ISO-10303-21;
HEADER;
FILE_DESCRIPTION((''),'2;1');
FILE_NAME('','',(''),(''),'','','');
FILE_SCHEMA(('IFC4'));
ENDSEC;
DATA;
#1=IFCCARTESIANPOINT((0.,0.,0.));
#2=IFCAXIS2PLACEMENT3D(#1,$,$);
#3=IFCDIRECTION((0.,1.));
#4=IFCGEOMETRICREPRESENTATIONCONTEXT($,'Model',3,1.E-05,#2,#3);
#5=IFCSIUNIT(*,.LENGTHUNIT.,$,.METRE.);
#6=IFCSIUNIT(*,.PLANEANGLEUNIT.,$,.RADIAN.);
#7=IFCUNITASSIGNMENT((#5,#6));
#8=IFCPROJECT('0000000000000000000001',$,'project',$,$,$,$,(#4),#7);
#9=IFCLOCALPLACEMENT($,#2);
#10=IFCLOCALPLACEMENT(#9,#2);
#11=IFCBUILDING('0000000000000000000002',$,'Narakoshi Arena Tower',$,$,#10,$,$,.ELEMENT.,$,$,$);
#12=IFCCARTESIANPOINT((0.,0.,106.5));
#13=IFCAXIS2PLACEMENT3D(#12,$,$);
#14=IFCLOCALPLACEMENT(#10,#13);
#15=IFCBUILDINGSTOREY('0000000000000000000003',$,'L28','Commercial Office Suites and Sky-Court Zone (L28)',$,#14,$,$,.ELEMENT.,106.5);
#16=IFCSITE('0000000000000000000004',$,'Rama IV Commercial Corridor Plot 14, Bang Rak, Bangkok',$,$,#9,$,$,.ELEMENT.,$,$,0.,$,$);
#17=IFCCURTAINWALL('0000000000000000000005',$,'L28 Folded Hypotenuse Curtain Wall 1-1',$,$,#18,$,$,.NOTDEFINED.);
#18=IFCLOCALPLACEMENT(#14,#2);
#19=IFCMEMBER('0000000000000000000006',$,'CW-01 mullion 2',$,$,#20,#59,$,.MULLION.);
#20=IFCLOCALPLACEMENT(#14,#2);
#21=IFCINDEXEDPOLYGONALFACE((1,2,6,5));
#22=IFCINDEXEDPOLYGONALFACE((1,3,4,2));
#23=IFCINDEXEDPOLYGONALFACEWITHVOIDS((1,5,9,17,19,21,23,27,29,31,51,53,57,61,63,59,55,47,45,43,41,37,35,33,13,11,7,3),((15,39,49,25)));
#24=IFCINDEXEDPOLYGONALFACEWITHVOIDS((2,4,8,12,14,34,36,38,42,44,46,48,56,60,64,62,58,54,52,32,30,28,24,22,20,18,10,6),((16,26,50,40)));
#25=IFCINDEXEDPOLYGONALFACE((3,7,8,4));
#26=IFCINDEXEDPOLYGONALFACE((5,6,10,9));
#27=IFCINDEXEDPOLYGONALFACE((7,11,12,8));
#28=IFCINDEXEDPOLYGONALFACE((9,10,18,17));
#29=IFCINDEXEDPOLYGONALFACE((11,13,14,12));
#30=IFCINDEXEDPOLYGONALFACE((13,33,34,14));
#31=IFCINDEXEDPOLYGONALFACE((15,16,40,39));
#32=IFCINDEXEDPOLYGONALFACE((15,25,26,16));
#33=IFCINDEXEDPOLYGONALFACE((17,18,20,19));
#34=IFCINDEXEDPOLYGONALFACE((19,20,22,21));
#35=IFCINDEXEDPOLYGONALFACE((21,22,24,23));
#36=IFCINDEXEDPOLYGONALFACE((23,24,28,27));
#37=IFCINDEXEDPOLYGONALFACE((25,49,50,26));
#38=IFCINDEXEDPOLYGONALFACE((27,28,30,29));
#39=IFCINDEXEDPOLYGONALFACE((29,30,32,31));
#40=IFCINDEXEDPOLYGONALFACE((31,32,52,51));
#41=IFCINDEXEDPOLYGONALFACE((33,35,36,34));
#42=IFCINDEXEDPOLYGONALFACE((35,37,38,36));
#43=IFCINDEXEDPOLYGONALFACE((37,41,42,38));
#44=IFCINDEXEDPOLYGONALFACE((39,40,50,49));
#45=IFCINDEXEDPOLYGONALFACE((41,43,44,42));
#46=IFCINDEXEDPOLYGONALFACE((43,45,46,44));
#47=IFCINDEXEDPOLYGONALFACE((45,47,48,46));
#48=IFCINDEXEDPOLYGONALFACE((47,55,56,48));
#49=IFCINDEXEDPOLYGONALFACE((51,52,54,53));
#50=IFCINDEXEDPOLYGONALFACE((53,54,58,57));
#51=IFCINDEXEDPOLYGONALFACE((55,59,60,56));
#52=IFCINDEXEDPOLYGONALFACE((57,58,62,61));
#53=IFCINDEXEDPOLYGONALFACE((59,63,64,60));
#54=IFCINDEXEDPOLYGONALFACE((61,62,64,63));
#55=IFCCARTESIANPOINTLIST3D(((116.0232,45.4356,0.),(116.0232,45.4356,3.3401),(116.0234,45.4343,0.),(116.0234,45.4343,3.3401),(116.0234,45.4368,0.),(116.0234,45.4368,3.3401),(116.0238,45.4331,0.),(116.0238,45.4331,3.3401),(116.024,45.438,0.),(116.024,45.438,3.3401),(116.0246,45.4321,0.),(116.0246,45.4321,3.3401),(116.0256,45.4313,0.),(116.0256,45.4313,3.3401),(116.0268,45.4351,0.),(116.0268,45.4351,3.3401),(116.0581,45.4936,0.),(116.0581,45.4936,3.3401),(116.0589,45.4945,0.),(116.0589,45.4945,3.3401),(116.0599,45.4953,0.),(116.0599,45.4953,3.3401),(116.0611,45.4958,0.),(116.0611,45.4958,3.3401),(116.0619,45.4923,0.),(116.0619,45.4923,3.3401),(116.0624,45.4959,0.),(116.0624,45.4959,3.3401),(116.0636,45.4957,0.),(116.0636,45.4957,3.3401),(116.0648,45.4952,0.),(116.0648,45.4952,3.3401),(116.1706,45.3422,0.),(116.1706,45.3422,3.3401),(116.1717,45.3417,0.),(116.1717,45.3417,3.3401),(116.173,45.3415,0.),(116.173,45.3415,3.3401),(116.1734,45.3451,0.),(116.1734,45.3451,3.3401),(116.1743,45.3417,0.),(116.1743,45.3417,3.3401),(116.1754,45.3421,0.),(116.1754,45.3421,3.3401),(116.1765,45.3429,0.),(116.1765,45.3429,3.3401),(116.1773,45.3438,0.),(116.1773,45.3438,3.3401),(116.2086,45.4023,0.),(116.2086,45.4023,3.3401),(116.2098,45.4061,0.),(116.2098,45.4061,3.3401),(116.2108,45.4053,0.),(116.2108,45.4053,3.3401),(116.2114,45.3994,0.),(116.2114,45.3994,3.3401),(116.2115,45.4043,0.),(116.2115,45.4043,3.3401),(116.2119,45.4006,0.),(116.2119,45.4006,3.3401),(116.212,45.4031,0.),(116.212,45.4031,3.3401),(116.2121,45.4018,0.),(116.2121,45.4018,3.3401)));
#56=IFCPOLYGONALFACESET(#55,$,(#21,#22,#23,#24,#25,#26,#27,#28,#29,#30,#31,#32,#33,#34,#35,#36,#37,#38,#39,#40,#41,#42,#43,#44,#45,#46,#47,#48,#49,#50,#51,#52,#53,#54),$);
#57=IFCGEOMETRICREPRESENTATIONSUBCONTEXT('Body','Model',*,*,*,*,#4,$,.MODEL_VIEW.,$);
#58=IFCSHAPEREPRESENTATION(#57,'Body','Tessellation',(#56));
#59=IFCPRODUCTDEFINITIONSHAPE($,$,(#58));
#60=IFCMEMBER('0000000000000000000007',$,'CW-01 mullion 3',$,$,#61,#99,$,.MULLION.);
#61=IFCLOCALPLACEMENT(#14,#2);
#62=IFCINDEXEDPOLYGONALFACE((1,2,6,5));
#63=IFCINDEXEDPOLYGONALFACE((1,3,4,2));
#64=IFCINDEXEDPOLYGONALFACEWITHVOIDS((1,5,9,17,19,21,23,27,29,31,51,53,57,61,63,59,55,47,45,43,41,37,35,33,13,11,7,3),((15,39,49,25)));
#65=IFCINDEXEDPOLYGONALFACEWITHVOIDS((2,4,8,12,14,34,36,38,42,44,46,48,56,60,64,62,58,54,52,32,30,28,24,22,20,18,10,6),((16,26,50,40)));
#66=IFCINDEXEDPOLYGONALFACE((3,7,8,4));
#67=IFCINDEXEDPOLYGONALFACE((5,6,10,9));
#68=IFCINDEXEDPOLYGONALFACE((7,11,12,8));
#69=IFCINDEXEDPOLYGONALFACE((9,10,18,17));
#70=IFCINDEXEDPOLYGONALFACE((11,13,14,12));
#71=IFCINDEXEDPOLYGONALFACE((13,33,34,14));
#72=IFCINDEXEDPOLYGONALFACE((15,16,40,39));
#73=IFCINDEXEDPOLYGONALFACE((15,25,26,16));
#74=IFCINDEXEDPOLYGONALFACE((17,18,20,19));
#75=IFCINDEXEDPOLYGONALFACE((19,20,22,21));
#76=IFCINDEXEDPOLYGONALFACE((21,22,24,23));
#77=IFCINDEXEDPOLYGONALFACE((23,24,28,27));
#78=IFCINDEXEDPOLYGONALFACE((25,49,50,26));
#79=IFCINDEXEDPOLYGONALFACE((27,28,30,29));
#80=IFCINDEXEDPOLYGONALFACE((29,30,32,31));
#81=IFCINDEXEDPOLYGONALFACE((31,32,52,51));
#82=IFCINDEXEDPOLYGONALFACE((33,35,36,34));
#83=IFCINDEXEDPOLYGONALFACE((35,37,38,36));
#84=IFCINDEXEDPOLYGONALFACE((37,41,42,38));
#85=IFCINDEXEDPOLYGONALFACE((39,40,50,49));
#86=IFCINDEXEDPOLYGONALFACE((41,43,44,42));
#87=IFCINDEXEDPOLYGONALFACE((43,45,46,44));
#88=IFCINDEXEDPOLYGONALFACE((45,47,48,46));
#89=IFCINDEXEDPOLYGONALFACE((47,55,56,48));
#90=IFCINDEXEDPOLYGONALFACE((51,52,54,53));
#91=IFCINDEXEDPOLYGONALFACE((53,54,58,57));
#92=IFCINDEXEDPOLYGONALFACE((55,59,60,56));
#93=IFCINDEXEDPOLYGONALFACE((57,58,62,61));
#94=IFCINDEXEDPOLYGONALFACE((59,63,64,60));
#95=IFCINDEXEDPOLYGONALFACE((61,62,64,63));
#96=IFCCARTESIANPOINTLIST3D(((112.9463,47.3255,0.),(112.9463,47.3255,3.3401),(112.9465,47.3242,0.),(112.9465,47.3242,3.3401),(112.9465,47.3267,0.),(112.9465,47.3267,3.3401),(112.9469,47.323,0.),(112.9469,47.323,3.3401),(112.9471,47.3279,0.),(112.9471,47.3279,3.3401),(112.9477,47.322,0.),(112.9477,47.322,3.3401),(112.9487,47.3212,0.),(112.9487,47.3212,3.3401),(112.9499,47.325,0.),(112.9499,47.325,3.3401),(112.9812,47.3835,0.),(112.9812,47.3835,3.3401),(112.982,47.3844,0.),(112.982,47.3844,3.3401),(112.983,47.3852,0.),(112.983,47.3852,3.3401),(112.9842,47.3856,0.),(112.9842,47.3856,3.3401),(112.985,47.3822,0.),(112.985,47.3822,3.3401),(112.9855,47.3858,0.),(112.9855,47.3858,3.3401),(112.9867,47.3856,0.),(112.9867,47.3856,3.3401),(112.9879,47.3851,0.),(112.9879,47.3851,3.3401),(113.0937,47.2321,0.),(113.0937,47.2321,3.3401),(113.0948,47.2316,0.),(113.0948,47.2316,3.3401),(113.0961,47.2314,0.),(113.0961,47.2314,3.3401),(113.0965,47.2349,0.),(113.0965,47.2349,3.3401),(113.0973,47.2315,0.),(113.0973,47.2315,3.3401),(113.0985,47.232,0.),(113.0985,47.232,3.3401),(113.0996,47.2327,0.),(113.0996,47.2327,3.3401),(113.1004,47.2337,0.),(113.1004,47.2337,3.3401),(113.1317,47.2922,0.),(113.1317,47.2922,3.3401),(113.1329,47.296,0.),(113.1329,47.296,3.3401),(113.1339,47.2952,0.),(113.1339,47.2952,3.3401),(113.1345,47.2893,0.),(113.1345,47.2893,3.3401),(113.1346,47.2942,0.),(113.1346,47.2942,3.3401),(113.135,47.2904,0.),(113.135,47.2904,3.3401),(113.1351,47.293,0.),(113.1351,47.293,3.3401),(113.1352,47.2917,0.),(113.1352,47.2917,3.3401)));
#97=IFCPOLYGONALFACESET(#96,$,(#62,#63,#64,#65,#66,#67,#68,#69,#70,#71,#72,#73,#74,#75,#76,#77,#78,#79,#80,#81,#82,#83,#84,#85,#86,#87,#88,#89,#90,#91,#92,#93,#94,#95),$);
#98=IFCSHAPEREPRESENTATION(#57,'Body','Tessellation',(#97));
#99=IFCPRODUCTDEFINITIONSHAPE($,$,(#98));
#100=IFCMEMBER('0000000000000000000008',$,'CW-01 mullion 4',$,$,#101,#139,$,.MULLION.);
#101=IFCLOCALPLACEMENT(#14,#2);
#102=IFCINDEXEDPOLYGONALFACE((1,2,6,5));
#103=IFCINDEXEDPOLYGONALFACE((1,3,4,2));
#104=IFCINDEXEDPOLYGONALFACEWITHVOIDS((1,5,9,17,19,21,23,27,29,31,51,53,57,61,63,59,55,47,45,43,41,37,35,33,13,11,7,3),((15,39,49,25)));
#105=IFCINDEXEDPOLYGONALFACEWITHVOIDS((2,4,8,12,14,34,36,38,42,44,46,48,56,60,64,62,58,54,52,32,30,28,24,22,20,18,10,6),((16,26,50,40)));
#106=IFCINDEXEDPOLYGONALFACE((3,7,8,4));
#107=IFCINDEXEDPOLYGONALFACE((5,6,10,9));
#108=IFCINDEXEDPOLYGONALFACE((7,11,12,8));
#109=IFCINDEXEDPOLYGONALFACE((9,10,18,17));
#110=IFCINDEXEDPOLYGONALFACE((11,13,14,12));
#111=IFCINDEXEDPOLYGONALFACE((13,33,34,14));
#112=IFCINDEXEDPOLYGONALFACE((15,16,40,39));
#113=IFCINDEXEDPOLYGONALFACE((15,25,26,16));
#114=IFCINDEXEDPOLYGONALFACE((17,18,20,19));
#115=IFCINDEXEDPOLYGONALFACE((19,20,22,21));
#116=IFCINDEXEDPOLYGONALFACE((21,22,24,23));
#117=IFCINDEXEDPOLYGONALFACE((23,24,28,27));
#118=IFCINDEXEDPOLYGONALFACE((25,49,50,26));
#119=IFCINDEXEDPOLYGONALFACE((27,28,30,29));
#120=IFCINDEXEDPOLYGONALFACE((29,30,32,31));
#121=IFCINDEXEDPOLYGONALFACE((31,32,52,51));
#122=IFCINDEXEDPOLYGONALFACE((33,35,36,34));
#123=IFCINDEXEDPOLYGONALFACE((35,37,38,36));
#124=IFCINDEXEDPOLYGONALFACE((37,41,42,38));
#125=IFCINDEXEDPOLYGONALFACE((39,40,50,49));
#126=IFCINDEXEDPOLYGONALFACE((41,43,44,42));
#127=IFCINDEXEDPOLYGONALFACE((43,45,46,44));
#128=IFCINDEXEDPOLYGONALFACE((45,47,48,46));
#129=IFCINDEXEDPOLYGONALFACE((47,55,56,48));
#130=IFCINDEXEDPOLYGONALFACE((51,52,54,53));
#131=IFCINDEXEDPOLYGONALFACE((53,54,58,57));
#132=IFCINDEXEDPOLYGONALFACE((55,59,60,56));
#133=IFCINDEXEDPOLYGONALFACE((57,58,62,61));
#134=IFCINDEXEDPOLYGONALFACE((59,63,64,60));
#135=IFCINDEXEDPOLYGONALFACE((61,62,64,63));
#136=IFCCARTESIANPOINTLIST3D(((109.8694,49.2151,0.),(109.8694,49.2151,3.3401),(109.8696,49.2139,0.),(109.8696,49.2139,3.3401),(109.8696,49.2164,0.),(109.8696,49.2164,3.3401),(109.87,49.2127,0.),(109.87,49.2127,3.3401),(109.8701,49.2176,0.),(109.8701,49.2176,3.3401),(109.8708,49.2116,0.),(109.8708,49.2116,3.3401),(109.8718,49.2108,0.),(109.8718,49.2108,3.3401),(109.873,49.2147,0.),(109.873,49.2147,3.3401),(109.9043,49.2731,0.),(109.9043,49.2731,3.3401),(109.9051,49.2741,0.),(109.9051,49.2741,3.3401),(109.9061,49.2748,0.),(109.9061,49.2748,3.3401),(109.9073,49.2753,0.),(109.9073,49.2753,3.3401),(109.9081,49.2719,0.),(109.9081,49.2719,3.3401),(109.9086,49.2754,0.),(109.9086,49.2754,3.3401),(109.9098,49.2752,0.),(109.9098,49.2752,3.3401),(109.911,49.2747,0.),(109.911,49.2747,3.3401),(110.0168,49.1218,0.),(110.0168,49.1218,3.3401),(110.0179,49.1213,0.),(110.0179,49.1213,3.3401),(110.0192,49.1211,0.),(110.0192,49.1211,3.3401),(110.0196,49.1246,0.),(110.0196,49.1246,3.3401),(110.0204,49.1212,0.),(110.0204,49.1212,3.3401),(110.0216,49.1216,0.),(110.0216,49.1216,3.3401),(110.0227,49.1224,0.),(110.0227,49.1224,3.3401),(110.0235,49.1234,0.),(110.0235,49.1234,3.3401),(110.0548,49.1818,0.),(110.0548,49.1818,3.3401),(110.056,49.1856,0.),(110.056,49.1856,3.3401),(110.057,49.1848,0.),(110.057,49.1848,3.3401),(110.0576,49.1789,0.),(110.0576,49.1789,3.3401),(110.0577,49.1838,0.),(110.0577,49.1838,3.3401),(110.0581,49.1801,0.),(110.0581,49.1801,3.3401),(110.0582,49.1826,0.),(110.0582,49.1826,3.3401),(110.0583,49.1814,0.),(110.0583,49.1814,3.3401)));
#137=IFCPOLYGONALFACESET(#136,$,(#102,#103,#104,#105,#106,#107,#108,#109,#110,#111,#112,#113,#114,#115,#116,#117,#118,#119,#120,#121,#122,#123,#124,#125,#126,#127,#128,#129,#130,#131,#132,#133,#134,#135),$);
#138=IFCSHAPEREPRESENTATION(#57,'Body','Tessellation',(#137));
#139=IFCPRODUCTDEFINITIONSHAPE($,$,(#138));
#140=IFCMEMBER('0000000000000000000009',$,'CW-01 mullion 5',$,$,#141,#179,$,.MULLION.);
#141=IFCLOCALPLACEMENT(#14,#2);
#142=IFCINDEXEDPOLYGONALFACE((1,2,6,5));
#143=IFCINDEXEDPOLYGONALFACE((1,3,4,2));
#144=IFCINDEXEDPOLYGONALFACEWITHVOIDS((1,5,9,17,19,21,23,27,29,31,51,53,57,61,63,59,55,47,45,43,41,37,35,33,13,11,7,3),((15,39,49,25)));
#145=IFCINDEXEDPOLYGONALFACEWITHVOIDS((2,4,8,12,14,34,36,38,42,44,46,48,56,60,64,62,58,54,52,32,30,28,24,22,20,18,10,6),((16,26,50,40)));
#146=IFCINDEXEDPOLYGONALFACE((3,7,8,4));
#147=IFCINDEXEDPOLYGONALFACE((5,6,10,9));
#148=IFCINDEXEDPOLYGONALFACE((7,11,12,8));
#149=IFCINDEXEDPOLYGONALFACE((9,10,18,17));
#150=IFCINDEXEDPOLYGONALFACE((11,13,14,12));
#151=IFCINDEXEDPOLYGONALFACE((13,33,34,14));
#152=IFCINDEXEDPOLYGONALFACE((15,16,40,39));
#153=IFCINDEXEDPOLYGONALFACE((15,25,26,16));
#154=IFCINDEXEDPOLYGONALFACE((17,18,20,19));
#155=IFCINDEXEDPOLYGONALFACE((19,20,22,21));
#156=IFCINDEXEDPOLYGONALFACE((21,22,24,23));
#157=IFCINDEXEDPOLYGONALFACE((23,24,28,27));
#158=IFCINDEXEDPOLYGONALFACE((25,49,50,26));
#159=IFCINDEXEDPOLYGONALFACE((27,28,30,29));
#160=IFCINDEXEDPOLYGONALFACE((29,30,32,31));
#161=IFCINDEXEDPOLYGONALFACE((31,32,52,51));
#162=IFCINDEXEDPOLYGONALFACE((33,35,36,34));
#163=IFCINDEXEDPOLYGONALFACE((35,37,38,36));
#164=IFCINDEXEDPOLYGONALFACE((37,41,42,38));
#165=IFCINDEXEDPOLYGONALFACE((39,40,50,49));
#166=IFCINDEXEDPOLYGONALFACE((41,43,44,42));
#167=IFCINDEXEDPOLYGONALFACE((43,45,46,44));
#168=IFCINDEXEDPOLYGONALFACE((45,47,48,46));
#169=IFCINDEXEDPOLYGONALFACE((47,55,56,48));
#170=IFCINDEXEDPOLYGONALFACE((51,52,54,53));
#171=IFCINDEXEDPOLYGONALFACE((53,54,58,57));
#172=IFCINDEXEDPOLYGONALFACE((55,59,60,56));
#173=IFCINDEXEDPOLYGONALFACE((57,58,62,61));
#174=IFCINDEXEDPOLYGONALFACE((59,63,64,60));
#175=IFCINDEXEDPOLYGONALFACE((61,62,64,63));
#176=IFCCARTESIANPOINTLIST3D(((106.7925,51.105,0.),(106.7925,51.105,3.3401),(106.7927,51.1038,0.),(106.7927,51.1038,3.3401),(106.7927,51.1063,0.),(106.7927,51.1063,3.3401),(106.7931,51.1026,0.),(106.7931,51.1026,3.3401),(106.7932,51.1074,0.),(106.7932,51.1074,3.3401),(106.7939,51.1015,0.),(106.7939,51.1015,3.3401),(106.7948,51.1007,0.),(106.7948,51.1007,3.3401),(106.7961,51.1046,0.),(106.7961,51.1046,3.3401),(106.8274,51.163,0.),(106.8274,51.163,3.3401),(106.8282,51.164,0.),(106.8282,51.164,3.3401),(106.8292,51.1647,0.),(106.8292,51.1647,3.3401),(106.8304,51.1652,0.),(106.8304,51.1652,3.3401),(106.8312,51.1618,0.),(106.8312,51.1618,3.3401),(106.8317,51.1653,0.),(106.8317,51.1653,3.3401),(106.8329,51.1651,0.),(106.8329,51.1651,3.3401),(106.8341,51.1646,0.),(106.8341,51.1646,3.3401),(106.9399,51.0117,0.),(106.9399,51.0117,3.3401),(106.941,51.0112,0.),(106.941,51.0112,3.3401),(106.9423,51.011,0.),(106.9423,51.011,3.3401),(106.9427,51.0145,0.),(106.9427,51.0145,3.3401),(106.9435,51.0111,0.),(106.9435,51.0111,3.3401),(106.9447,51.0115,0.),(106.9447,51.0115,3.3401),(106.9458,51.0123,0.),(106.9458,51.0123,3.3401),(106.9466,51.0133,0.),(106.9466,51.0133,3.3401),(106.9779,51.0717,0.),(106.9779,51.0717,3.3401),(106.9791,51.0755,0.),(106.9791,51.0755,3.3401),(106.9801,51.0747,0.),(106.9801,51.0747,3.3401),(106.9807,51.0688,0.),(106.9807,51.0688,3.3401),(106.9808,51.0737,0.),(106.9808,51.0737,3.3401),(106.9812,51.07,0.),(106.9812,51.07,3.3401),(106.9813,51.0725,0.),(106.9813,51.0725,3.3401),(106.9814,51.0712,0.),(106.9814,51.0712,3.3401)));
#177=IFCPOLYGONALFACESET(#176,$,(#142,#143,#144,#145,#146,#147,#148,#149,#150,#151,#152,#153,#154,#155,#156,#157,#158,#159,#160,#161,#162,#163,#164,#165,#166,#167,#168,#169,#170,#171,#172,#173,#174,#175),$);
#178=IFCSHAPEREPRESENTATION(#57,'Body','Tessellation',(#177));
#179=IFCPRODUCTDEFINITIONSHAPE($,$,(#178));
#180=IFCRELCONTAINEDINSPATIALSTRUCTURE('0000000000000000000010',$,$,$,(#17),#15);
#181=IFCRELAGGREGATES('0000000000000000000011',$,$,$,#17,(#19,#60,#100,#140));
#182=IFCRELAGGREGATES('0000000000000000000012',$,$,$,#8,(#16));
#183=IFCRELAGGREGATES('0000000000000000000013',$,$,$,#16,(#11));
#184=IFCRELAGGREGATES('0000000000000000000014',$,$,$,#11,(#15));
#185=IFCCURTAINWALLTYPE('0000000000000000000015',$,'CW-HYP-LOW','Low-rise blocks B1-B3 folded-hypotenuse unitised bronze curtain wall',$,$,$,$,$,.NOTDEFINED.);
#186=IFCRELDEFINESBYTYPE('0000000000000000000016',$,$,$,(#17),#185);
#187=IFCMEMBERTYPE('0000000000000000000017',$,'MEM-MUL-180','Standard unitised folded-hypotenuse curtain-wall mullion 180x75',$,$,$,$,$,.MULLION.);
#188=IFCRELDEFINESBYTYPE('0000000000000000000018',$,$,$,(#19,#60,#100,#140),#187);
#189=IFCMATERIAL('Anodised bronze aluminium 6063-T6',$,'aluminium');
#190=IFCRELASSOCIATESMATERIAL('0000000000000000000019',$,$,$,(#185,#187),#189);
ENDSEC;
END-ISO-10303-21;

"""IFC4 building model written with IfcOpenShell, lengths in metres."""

from ifc_helpers import new_model, si_unit, direction, frame, origin, origin_2d, place, context, subcontext, project, spatial, hollow_rectangle, extrude, material, material_profile, profile_set, type_object, element, aggregate, save


model = new_model("IFC4")

# Units and contexts
model_context = context("Model", 3, precision=1e-05, world=origin(), true_north=direction((0.0, 1.0)))
body_context = subcontext(model_context, "Body", "Model", "MODEL_VIEW")
ifc_project = project(units=[si_unit("LENGTHUNIT", "METRE"), si_unit("PLANEANGLEUNIT", "RADIAN")], contexts=[model_context])

# Site, building, storey
site_placement = place(None, origin())
site = spatial("IfcSite", under=ifc_project, at=site_placement, Name="Rama IV Commercial Corridor Plot 14, Bang Rak, Bangkok", CompositionType="ELEMENT", RefElevation=0.0)
building_placement = place(site_placement, origin())
building = spatial("IfcBuilding", under=site, at=building_placement, Name="Narakoshi Arena Tower", CompositionType="ELEMENT")
storey_placement = place(building_placement, frame((0.0, 0.0, 106.5)))
storey = spatial("IfcBuildingStorey", under=building, at=storey_placement, Name="L28", Description="Commercial Office Suites and Sky-Court Zone (L28)", CompositionType="ELEMENT", Elevation=106.5)

# Curtain wall, members
ifc_material_1 = material(Name="Anodised bronze aluminium 6063-T6", Category="aluminium")
curtain_wall_type = type_object("IfcCurtainWallType", Name="CW-HYP-LOW", Description="Low-rise blocks B1-B3 folded-hypotenuse unitised bronze curtain wall", PredefinedType="NOTDEFINED", material=ifc_material_1)
curtain_wall_placement = place(storey_placement, origin())
curtain_wall = element("IfcCurtainWall", 1, at=curtain_wall_placement, inside=storey, type_object=curtain_wall_type, Name="L28 Folded Hypotenuse Curtain Wall 1-1", PredefinedType="NOTDEFINED")
ifc_material_profile_1 = material_profile(ifc_material_1, hollow_rectangle(XDim=0.075, YDim=0.1799, WallThickness=0.0039, OuterFilletRadius=0.0049, at=origin_2d()), Name="MUL180x75x4")
ifc_profile_set_1 = profile_set([ifc_material_profile_1], Name="Anodised bronze aluminium 6063-T6")
member_type_1 = type_object("IfcMemberType", Name="MEM-MUL-180", Description="Standard unitised folded-hypotenuse curtain-wall mullion 180x75", PredefinedType="MULLION", material=ifc_profile_set_1)
member_1_placement = place(storey_placement, frame((116.1177, 45.4187, 0.0), z_axis=(0.0, 0.0, 1.0), x_axis=(-0.523358, -0.852113, 0.0)))
member_1 = element("IfcMember", 2, at=member_1_placement, type_object=member_type_1, Name="CW-01 mullion 2", PredefinedType="MULLION", context=body_context, shape_type="SweptSolid", body=[
    extrude(hollow_rectangle(XDim=0.075, YDim=0.1799, WallThickness=0.0039, OuterFilletRadius=0.0049, at=origin_2d()), origin(), (0.0, 0.0, 1.0), 3.3401),
])
member_2_placement = place(storey_placement, frame((113.0408, 47.3086, 0.0), z_axis=(0.0, 0.0, 1.0), x_axis=(-0.523358, -0.852113, 0.0)))
member_2 = element("IfcMember", 3, at=member_2_placement, type_object=member_type_1, Name="CW-01 mullion 3", PredefinedType="MULLION", context=body_context, shape_type="SweptSolid", body=[
    extrude(hollow_rectangle(XDim=0.075, YDim=0.1799, WallThickness=0.0039, OuterFilletRadius=0.0049, at=origin_2d()), origin(), (0.0, 0.0, 1.0), 3.3401),
])
member_3_placement = place(storey_placement, frame((109.9639, 49.1982, 0.0), z_axis=(0.0, 0.0, 1.0), x_axis=(-0.523358, -0.852113, 0.0)))
member_3 = element("IfcMember", 4, at=member_3_placement, type_object=member_type_1, Name="CW-01 mullion 4", PredefinedType="MULLION", context=body_context, shape_type="SweptSolid", body=[
    extrude(hollow_rectangle(XDim=0.075, YDim=0.1799, WallThickness=0.0039, OuterFilletRadius=0.0049, at=origin_2d()), origin(), (0.0, 0.0, 1.0), 3.3401),
])
member_4_placement = place(storey_placement, frame((106.887, 51.0881, 0.0), z_axis=(0.0, 0.0, 1.0), x_axis=(-0.523358, -0.852113, 0.0)))
member_4 = element("IfcMember", 5, at=member_4_placement, type_object=member_type_1, Name="CW-01 mullion 5", PredefinedType="MULLION", context=body_context, shape_type="SweptSolid", body=[
    extrude(hollow_rectangle(XDim=0.075, YDim=0.1799, WallThickness=0.0039, OuterFilletRadius=0.0049, at=origin_2d()), origin(), (0.0, 0.0, 1.0), 3.3401),
])
aggregate(curtain_wall, [member_1, member_2, member_3, member_4])

save(model, "model.ifc")
